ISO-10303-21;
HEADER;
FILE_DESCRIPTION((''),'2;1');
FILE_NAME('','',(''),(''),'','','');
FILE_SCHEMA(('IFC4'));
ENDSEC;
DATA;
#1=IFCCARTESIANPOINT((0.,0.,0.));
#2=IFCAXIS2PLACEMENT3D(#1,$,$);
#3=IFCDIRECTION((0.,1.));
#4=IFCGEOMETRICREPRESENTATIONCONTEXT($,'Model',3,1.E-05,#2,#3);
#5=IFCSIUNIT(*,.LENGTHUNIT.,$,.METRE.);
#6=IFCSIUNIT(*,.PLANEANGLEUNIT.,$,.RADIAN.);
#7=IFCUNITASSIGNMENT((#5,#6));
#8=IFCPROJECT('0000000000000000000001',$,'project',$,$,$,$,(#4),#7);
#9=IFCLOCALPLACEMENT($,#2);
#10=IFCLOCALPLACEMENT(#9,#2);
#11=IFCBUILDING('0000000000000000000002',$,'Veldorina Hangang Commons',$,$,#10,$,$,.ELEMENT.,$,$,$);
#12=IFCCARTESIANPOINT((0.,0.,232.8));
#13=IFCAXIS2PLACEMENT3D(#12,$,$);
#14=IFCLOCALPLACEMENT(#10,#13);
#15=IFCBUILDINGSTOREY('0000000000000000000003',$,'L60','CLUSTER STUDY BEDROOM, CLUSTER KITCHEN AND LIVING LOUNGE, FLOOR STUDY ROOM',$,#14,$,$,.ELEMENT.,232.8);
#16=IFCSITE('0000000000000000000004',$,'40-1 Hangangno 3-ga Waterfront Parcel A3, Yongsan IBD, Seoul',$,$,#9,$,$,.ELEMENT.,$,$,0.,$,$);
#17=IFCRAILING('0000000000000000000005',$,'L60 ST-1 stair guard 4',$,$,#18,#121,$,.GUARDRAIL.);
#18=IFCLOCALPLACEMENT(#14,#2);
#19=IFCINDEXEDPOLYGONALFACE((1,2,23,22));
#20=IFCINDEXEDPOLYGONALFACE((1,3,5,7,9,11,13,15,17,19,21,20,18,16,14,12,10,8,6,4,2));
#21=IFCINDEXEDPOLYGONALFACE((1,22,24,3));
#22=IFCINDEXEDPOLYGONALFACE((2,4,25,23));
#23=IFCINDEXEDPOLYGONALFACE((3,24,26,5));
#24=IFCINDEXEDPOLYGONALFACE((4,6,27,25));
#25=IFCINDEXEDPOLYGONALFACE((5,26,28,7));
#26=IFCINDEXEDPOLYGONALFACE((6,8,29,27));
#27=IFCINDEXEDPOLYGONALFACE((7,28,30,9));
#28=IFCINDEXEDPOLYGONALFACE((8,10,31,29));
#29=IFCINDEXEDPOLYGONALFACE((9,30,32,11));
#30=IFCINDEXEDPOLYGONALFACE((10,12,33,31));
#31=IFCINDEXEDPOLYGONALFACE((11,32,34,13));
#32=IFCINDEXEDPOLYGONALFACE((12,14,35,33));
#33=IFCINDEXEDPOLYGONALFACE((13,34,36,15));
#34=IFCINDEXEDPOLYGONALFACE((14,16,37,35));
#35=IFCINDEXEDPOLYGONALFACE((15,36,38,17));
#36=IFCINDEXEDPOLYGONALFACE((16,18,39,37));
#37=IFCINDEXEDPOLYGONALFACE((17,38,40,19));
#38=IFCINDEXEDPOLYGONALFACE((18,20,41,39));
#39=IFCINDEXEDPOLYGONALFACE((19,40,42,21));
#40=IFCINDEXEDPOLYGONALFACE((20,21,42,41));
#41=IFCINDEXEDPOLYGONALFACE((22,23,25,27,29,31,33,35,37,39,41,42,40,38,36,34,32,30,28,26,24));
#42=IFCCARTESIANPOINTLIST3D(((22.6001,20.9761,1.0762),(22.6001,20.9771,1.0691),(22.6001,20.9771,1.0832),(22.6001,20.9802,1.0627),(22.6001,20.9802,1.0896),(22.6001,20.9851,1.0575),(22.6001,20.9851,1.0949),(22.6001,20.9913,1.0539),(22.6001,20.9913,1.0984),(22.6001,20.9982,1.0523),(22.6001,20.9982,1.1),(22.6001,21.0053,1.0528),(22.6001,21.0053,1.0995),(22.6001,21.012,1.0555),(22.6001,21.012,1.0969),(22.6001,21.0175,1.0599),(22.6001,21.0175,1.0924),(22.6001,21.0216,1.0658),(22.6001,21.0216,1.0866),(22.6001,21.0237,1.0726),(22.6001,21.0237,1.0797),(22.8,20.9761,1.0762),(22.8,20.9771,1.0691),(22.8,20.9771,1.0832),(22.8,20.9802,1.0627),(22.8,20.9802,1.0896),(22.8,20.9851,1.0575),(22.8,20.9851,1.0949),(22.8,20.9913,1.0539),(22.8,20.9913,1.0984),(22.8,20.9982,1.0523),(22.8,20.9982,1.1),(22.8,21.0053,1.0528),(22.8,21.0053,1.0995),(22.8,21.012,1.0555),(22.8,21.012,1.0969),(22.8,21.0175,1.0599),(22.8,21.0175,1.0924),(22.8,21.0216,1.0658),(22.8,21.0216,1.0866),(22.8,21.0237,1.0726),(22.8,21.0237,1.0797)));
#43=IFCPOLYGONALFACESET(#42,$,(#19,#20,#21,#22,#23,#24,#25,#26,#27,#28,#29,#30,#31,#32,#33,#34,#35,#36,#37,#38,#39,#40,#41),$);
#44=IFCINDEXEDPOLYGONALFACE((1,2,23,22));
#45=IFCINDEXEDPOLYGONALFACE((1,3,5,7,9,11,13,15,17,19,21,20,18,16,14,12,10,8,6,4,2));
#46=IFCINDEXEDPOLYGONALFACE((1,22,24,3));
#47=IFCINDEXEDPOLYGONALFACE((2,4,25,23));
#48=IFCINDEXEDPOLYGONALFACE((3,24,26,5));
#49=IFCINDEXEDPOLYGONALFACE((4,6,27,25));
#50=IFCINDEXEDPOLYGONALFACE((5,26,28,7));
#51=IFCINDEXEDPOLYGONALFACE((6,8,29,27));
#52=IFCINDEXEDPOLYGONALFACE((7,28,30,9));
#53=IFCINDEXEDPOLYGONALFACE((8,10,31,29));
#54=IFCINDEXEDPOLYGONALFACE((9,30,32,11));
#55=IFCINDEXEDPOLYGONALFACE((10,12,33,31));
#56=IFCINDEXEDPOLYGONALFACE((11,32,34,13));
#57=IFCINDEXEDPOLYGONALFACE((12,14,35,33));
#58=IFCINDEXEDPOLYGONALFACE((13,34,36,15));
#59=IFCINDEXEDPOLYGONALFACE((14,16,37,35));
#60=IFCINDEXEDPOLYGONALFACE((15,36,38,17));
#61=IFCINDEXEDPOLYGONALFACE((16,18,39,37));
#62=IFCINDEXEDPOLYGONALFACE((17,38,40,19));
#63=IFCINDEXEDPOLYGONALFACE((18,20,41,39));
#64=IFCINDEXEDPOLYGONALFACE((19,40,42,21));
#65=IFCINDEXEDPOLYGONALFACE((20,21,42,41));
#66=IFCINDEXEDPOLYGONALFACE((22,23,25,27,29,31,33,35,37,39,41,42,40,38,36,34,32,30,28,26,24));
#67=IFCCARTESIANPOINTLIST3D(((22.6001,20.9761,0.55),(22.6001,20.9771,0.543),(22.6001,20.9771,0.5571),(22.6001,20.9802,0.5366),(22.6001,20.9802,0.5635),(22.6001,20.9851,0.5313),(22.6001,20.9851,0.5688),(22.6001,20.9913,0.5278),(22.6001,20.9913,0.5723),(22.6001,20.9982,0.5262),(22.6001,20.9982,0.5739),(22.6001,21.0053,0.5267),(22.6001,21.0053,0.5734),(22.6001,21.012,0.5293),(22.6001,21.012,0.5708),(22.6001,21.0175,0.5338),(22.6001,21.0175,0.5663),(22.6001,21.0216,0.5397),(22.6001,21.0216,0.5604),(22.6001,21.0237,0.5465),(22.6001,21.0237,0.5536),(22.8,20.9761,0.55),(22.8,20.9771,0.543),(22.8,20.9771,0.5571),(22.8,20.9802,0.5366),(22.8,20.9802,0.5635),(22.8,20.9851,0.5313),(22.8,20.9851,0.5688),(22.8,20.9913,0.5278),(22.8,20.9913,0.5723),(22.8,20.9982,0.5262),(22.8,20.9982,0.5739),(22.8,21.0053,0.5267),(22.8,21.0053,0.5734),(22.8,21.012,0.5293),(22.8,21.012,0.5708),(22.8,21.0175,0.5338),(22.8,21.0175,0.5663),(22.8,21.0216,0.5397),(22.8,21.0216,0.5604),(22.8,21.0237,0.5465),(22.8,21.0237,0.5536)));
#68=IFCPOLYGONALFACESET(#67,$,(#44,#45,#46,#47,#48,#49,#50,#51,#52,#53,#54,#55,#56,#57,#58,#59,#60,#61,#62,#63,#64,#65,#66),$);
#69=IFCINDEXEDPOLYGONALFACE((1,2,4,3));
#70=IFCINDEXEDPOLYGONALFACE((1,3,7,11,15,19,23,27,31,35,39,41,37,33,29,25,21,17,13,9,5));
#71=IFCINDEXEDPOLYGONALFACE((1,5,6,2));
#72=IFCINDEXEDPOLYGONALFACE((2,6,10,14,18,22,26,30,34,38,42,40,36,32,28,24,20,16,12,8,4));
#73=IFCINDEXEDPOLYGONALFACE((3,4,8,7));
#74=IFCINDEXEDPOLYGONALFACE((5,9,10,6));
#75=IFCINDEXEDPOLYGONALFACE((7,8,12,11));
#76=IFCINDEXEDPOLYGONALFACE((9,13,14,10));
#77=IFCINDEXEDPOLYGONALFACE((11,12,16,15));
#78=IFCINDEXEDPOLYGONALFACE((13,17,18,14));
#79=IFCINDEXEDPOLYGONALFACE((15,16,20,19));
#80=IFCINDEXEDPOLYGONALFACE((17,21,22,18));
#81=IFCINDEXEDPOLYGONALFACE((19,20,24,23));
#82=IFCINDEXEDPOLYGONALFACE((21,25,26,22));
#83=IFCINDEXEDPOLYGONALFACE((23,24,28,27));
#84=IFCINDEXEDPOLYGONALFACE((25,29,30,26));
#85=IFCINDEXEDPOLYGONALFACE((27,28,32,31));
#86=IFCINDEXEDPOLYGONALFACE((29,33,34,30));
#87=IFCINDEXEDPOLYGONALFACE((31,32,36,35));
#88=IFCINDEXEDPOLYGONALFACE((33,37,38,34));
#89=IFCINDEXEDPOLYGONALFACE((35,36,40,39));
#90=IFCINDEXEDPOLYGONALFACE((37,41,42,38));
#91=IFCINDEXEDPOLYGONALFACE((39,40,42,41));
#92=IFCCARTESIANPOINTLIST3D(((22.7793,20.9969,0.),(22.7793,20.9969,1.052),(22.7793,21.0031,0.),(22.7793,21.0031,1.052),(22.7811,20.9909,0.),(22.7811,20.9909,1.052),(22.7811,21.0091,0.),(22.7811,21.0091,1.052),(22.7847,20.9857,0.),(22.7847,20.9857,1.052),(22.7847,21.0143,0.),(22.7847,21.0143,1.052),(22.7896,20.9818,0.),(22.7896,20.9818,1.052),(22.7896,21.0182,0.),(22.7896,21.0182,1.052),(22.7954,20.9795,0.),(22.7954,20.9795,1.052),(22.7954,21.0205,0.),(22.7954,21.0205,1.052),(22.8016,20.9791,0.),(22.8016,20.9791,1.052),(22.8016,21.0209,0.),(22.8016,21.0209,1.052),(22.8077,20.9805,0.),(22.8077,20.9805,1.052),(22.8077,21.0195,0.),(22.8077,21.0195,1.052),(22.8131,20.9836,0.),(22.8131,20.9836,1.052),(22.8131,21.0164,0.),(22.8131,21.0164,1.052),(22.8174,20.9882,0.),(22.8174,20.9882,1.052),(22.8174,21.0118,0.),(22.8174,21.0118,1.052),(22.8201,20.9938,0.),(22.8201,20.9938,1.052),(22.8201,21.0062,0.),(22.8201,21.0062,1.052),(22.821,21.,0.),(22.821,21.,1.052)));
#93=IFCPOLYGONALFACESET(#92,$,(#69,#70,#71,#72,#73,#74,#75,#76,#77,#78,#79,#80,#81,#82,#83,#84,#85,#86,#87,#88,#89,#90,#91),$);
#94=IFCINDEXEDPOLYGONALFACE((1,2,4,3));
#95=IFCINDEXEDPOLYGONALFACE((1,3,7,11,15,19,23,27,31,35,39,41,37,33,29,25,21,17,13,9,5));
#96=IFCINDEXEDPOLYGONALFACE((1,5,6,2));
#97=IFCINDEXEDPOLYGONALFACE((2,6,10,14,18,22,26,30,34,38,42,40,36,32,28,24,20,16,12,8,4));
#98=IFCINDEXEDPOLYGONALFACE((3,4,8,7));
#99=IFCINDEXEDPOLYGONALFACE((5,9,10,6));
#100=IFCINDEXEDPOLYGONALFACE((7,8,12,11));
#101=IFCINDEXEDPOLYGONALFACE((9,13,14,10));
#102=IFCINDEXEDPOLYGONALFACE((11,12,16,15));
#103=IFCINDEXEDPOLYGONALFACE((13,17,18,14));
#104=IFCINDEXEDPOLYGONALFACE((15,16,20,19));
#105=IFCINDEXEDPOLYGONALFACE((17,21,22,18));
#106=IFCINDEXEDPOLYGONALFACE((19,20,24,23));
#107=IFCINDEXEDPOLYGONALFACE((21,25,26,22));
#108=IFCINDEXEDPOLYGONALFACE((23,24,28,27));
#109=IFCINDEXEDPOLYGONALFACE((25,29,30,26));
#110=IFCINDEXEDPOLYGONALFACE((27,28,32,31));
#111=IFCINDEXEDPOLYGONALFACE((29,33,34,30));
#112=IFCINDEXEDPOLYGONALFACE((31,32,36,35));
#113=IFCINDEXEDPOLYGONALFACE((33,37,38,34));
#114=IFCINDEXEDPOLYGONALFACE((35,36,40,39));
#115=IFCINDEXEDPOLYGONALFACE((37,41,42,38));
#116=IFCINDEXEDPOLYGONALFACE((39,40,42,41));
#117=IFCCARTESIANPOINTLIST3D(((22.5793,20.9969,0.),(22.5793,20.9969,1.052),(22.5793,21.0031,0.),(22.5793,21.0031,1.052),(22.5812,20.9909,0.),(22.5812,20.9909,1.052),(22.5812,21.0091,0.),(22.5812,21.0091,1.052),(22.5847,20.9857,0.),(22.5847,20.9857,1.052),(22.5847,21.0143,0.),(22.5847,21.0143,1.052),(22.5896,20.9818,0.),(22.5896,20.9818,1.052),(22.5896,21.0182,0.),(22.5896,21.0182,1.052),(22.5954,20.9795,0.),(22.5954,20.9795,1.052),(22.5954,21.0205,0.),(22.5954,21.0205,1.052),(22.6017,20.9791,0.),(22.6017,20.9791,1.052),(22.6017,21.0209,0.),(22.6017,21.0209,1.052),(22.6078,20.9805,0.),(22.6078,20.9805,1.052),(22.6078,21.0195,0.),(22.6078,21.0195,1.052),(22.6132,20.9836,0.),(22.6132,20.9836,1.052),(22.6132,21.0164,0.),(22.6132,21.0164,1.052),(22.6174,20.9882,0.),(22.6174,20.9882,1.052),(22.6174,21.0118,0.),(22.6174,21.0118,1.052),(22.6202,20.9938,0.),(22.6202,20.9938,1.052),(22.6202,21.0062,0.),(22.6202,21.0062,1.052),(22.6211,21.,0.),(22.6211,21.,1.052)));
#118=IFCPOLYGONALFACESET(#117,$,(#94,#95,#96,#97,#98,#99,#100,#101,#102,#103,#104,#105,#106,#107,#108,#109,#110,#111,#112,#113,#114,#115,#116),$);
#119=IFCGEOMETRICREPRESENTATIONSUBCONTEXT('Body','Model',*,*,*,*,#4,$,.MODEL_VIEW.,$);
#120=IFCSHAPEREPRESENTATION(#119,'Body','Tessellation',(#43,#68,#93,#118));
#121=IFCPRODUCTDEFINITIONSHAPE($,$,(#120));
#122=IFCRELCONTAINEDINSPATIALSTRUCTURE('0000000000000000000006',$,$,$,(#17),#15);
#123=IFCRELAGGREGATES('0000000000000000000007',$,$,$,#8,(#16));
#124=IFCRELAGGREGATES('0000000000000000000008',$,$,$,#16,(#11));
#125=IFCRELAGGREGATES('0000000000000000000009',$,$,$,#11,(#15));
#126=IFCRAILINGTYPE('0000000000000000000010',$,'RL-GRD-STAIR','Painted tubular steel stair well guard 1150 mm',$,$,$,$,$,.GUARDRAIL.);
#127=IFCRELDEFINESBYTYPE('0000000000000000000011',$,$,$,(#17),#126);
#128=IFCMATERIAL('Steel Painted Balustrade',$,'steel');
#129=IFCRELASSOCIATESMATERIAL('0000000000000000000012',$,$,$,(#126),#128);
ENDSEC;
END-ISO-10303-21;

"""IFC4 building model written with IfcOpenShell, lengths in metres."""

from ifc_helpers import new_model, si_unit, direction, frame, origin, origin_2d, place, context, subcontext, project, spatial, circle, extrude, material, type_object, element, save


model = new_model("IFC4")

# Units and contexts
model_context = context("Model", 3, precision=1e-05, world=origin(), true_north=direction((0.0, 1.0)))
body_context = subcontext(model_context, "Body", "Model", "MODEL_VIEW")
ifc_project = project(units=[si_unit("LENGTHUNIT", "METRE"), si_unit("PLANEANGLEUNIT", "RADIAN")], contexts=[model_context])

# Site, building, storey
site_placement = place(None, origin())
site = spatial("IfcSite", under=ifc_project, at=site_placement, Name="40-1 Hangangno 3-ga Waterfront Parcel A3, Yongsan IBD, Seoul", CompositionType="ELEMENT", RefElevation=0.0)
building_placement = place(site_placement, origin())
building = spatial("IfcBuilding", under=site, at=building_placement, Name="Veldorina Hangang Commons", CompositionType="ELEMENT")
storey_placement = place(building_placement, frame((0.0, 0.0, 232.8)))
storey = spatial("IfcBuildingStorey", under=building, at=storey_placement, Name="L60", Description="CLUSTER STUDY BEDROOM, CLUSTER KITCHEN AND LIVING LOUNGE, FLOOR STUDY ROOM", CompositionType="ELEMENT", Elevation=232.8)

# Railing
ifc_material_1 = material(Name="Steel Painted Balustrade", Category="steel")
railing_type_1 = type_object("IfcRailingType", Name="RL-GRD-STAIR", Description="Painted tubular steel stair well guard 1150 mm", PredefinedType="GUARDRAIL", material=ifc_material_1)
railing_1_placement = place(storey_placement, frame((22.8, 21.0, 0.0)))
element("IfcRailing", 1, at=railing_1_placement, inside=storey, type_object=railing_type_1, Name="L60 ST-1 stair guard 4", PredefinedType="GUARDRAIL", context=body_context, shape_type="SweptSolid", body=[
    extrude(circle(Radius=0.0239, at=origin_2d()), frame((0.0, 0.0, 1.0762), z_axis=(-1.0, 0.0, 0.0), x_axis=(0.0, -1.0, 0.0)), (0.0, 0.0, 1.0), 0.2),
    extrude(circle(Radius=0.0239, at=origin_2d()), frame((0.0, 0.0, 0.55), z_axis=(-1.0, 0.0, 0.0), x_axis=(0.0, -1.0, 0.0)), (0.0, 0.0, 1.0), 0.2),
    extrude(circle(Radius=0.021, at=origin_2d()), origin(), (0.0, 0.0, 1.0), 1.052),
    extrude(circle(Radius=0.021, at=origin_2d()), frame((-0.2, 0.0, 0.0)), (0.0, 0.0, 1.0), 1.052),
])

save(model, "model.ifc")
